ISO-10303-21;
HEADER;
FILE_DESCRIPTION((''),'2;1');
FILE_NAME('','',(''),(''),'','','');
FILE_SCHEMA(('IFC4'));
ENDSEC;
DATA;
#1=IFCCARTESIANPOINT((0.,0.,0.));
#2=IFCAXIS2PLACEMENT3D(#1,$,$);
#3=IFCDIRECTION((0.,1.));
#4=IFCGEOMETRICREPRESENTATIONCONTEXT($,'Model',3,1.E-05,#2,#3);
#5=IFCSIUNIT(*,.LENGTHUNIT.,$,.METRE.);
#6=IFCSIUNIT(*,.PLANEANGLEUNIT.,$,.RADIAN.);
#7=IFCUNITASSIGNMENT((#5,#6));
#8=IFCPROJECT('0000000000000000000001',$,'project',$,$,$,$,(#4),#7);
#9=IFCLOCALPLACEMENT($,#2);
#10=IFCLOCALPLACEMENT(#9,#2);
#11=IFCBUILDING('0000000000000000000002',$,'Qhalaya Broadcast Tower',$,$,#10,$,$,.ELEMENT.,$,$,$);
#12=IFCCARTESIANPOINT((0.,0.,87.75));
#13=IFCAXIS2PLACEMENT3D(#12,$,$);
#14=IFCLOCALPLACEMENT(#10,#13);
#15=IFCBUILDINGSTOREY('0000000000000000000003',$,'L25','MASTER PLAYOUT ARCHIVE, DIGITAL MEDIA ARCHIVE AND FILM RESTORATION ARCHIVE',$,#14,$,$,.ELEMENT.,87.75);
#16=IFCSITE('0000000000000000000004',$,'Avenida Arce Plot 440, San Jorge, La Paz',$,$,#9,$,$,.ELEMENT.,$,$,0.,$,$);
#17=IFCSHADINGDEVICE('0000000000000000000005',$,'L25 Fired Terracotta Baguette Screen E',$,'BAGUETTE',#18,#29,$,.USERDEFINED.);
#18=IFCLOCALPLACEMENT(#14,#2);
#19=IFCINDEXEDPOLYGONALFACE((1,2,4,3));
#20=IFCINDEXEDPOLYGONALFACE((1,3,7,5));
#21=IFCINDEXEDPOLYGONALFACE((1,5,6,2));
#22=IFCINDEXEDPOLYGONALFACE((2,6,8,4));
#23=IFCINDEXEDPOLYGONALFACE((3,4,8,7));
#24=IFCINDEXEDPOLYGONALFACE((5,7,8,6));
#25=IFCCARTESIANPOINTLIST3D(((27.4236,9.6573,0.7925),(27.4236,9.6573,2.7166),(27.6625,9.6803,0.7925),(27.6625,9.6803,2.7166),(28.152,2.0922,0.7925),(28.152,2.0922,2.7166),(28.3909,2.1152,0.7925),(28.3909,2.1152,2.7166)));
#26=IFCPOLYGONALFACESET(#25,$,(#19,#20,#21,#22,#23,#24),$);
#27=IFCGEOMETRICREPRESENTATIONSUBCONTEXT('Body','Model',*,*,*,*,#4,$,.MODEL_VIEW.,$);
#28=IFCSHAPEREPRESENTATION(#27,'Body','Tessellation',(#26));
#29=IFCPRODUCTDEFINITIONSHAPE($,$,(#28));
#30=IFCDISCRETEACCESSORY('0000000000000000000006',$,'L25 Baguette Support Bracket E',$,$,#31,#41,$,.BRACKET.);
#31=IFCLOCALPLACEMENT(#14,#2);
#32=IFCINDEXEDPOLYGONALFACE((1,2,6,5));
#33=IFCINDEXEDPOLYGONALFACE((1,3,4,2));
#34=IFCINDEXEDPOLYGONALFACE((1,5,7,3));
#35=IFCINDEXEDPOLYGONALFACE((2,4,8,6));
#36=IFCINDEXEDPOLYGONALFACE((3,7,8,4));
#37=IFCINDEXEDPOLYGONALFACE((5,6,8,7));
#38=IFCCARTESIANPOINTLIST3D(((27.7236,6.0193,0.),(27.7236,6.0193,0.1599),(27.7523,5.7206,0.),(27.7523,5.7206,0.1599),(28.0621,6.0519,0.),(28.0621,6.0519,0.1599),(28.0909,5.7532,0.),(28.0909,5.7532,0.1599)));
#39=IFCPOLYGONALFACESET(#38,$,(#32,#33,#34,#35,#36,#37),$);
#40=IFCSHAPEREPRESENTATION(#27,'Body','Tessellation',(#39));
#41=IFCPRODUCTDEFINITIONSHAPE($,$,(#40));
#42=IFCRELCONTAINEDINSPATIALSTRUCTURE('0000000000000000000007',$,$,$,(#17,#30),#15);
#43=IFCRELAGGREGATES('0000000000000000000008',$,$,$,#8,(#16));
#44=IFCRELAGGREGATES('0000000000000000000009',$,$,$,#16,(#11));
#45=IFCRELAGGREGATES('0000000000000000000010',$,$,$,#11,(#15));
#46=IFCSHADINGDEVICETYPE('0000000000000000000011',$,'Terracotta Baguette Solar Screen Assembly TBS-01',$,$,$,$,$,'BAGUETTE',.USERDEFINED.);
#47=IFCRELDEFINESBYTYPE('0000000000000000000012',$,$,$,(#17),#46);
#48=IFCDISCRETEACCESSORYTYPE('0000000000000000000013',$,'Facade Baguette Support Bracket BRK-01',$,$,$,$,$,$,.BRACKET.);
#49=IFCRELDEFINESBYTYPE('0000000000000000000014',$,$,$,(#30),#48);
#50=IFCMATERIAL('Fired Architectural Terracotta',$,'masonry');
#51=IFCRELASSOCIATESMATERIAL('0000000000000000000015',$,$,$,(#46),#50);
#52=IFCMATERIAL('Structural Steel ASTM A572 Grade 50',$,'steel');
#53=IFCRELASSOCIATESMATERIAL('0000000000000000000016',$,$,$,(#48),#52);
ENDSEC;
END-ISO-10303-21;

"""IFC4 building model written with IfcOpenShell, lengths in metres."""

from ifc_helpers import new_model, si_unit, direction, frame, origin, origin_2d, place, context, subcontext, project, spatial, rectangle, extrude, material, type_object, element, save


model = new_model("IFC4")

# Units and contexts
model_context = context("Model", 3, precision=1e-05, world=origin(), true_north=direction((0.0, 1.0)))
body_context = subcontext(model_context, "Body", "Model", "MODEL_VIEW")
ifc_project = project(units=[si_unit("LENGTHUNIT", "METRE"), si_unit("PLANEANGLEUNIT", "RADIAN")], contexts=[model_context])

# Site, building, storey
site_placement = place(None, origin())
site = spatial("IfcSite", under=ifc_project, at=site_placement, Name="Avenida Arce Plot 440, San Jorge, La Paz", CompositionType="ELEMENT", RefElevation=0.0)
building_placement = place(site_placement, origin())
building = spatial("IfcBuilding", under=site, at=building_placement, Name="Qhalaya Broadcast Tower", CompositionType="ELEMENT")
storey_placement = place(building_placement, frame((0.0, 0.0, 87.75)))
storey = spatial("IfcBuildingStorey", under=building, at=storey_placement, Name="L25", Description="MASTER PLAYOUT ARCHIVE, DIGITAL MEDIA ARCHIVE AND FILM RESTORATION ARCHIVE", CompositionType="ELEMENT", Elevation=87.75)

# Shared definitions
ifc_material_1 = material(Name="Structural Steel ASTM A572 Grade 50", Category="steel")

# Shared definitions
ifc_material_2 = material(Name="Fired Architectural Terracotta", Category="masonry")

# Shading device
shading_device_type = type_object("IfcShadingDeviceType", Name="Terracotta Baguette Solar Screen Assembly TBS-01", ElementType="BAGUETTE", PredefinedType="USERDEFINED", material=ifc_material_2)
shading_device_placement = place(storey_placement, frame((27.9072, 5.8862, 0.7925), z_axis=(0.0, 0.0, 1.0), x_axis=(-0.095846, 0.995396, 0.0)))
element("IfcShadingDevice", 1, at=shading_device_placement, inside=storey, type_object=shading_device_type, Name="L25 Fired Terracotta Baguette Screen E", ObjectType="BAGUETTE", PredefinedType="USERDEFINED", context=body_context, shape_type="SweptSolid", body=[
    extrude(rectangle(XDim=7.6001, YDim=0.24, at=origin_2d()), origin(), (0.0, 0.0, 1.0), 1.9241),
])

# Discrete accessory
discrete_accessory_type = type_object("IfcDiscreteAccessoryType", Name="Facade Baguette Support Bracket BRK-01", PredefinedType="BRACKET", material=ifc_material_1)
discrete_accessory_placement = place(storey_placement, frame((27.9072, 5.8862, 0.0), z_axis=(0.0, 0.0, 1.0), x_axis=(-0.095846, 0.995396, 0.0)))
element("IfcDiscreteAccessory", 2, at=discrete_accessory_placement, inside=storey, type_object=discrete_accessory_type, Name="L25 Baguette Support Bracket E", PredefinedType="BRACKET", context=body_context, shape_type="SweptSolid", body=[
    extrude(rectangle(XDim=0.3, YDim=0.3401, at=origin_2d()), origin(), (0.0, 0.0, 1.0), 0.1599),
])

save(model, "model.ifc")
